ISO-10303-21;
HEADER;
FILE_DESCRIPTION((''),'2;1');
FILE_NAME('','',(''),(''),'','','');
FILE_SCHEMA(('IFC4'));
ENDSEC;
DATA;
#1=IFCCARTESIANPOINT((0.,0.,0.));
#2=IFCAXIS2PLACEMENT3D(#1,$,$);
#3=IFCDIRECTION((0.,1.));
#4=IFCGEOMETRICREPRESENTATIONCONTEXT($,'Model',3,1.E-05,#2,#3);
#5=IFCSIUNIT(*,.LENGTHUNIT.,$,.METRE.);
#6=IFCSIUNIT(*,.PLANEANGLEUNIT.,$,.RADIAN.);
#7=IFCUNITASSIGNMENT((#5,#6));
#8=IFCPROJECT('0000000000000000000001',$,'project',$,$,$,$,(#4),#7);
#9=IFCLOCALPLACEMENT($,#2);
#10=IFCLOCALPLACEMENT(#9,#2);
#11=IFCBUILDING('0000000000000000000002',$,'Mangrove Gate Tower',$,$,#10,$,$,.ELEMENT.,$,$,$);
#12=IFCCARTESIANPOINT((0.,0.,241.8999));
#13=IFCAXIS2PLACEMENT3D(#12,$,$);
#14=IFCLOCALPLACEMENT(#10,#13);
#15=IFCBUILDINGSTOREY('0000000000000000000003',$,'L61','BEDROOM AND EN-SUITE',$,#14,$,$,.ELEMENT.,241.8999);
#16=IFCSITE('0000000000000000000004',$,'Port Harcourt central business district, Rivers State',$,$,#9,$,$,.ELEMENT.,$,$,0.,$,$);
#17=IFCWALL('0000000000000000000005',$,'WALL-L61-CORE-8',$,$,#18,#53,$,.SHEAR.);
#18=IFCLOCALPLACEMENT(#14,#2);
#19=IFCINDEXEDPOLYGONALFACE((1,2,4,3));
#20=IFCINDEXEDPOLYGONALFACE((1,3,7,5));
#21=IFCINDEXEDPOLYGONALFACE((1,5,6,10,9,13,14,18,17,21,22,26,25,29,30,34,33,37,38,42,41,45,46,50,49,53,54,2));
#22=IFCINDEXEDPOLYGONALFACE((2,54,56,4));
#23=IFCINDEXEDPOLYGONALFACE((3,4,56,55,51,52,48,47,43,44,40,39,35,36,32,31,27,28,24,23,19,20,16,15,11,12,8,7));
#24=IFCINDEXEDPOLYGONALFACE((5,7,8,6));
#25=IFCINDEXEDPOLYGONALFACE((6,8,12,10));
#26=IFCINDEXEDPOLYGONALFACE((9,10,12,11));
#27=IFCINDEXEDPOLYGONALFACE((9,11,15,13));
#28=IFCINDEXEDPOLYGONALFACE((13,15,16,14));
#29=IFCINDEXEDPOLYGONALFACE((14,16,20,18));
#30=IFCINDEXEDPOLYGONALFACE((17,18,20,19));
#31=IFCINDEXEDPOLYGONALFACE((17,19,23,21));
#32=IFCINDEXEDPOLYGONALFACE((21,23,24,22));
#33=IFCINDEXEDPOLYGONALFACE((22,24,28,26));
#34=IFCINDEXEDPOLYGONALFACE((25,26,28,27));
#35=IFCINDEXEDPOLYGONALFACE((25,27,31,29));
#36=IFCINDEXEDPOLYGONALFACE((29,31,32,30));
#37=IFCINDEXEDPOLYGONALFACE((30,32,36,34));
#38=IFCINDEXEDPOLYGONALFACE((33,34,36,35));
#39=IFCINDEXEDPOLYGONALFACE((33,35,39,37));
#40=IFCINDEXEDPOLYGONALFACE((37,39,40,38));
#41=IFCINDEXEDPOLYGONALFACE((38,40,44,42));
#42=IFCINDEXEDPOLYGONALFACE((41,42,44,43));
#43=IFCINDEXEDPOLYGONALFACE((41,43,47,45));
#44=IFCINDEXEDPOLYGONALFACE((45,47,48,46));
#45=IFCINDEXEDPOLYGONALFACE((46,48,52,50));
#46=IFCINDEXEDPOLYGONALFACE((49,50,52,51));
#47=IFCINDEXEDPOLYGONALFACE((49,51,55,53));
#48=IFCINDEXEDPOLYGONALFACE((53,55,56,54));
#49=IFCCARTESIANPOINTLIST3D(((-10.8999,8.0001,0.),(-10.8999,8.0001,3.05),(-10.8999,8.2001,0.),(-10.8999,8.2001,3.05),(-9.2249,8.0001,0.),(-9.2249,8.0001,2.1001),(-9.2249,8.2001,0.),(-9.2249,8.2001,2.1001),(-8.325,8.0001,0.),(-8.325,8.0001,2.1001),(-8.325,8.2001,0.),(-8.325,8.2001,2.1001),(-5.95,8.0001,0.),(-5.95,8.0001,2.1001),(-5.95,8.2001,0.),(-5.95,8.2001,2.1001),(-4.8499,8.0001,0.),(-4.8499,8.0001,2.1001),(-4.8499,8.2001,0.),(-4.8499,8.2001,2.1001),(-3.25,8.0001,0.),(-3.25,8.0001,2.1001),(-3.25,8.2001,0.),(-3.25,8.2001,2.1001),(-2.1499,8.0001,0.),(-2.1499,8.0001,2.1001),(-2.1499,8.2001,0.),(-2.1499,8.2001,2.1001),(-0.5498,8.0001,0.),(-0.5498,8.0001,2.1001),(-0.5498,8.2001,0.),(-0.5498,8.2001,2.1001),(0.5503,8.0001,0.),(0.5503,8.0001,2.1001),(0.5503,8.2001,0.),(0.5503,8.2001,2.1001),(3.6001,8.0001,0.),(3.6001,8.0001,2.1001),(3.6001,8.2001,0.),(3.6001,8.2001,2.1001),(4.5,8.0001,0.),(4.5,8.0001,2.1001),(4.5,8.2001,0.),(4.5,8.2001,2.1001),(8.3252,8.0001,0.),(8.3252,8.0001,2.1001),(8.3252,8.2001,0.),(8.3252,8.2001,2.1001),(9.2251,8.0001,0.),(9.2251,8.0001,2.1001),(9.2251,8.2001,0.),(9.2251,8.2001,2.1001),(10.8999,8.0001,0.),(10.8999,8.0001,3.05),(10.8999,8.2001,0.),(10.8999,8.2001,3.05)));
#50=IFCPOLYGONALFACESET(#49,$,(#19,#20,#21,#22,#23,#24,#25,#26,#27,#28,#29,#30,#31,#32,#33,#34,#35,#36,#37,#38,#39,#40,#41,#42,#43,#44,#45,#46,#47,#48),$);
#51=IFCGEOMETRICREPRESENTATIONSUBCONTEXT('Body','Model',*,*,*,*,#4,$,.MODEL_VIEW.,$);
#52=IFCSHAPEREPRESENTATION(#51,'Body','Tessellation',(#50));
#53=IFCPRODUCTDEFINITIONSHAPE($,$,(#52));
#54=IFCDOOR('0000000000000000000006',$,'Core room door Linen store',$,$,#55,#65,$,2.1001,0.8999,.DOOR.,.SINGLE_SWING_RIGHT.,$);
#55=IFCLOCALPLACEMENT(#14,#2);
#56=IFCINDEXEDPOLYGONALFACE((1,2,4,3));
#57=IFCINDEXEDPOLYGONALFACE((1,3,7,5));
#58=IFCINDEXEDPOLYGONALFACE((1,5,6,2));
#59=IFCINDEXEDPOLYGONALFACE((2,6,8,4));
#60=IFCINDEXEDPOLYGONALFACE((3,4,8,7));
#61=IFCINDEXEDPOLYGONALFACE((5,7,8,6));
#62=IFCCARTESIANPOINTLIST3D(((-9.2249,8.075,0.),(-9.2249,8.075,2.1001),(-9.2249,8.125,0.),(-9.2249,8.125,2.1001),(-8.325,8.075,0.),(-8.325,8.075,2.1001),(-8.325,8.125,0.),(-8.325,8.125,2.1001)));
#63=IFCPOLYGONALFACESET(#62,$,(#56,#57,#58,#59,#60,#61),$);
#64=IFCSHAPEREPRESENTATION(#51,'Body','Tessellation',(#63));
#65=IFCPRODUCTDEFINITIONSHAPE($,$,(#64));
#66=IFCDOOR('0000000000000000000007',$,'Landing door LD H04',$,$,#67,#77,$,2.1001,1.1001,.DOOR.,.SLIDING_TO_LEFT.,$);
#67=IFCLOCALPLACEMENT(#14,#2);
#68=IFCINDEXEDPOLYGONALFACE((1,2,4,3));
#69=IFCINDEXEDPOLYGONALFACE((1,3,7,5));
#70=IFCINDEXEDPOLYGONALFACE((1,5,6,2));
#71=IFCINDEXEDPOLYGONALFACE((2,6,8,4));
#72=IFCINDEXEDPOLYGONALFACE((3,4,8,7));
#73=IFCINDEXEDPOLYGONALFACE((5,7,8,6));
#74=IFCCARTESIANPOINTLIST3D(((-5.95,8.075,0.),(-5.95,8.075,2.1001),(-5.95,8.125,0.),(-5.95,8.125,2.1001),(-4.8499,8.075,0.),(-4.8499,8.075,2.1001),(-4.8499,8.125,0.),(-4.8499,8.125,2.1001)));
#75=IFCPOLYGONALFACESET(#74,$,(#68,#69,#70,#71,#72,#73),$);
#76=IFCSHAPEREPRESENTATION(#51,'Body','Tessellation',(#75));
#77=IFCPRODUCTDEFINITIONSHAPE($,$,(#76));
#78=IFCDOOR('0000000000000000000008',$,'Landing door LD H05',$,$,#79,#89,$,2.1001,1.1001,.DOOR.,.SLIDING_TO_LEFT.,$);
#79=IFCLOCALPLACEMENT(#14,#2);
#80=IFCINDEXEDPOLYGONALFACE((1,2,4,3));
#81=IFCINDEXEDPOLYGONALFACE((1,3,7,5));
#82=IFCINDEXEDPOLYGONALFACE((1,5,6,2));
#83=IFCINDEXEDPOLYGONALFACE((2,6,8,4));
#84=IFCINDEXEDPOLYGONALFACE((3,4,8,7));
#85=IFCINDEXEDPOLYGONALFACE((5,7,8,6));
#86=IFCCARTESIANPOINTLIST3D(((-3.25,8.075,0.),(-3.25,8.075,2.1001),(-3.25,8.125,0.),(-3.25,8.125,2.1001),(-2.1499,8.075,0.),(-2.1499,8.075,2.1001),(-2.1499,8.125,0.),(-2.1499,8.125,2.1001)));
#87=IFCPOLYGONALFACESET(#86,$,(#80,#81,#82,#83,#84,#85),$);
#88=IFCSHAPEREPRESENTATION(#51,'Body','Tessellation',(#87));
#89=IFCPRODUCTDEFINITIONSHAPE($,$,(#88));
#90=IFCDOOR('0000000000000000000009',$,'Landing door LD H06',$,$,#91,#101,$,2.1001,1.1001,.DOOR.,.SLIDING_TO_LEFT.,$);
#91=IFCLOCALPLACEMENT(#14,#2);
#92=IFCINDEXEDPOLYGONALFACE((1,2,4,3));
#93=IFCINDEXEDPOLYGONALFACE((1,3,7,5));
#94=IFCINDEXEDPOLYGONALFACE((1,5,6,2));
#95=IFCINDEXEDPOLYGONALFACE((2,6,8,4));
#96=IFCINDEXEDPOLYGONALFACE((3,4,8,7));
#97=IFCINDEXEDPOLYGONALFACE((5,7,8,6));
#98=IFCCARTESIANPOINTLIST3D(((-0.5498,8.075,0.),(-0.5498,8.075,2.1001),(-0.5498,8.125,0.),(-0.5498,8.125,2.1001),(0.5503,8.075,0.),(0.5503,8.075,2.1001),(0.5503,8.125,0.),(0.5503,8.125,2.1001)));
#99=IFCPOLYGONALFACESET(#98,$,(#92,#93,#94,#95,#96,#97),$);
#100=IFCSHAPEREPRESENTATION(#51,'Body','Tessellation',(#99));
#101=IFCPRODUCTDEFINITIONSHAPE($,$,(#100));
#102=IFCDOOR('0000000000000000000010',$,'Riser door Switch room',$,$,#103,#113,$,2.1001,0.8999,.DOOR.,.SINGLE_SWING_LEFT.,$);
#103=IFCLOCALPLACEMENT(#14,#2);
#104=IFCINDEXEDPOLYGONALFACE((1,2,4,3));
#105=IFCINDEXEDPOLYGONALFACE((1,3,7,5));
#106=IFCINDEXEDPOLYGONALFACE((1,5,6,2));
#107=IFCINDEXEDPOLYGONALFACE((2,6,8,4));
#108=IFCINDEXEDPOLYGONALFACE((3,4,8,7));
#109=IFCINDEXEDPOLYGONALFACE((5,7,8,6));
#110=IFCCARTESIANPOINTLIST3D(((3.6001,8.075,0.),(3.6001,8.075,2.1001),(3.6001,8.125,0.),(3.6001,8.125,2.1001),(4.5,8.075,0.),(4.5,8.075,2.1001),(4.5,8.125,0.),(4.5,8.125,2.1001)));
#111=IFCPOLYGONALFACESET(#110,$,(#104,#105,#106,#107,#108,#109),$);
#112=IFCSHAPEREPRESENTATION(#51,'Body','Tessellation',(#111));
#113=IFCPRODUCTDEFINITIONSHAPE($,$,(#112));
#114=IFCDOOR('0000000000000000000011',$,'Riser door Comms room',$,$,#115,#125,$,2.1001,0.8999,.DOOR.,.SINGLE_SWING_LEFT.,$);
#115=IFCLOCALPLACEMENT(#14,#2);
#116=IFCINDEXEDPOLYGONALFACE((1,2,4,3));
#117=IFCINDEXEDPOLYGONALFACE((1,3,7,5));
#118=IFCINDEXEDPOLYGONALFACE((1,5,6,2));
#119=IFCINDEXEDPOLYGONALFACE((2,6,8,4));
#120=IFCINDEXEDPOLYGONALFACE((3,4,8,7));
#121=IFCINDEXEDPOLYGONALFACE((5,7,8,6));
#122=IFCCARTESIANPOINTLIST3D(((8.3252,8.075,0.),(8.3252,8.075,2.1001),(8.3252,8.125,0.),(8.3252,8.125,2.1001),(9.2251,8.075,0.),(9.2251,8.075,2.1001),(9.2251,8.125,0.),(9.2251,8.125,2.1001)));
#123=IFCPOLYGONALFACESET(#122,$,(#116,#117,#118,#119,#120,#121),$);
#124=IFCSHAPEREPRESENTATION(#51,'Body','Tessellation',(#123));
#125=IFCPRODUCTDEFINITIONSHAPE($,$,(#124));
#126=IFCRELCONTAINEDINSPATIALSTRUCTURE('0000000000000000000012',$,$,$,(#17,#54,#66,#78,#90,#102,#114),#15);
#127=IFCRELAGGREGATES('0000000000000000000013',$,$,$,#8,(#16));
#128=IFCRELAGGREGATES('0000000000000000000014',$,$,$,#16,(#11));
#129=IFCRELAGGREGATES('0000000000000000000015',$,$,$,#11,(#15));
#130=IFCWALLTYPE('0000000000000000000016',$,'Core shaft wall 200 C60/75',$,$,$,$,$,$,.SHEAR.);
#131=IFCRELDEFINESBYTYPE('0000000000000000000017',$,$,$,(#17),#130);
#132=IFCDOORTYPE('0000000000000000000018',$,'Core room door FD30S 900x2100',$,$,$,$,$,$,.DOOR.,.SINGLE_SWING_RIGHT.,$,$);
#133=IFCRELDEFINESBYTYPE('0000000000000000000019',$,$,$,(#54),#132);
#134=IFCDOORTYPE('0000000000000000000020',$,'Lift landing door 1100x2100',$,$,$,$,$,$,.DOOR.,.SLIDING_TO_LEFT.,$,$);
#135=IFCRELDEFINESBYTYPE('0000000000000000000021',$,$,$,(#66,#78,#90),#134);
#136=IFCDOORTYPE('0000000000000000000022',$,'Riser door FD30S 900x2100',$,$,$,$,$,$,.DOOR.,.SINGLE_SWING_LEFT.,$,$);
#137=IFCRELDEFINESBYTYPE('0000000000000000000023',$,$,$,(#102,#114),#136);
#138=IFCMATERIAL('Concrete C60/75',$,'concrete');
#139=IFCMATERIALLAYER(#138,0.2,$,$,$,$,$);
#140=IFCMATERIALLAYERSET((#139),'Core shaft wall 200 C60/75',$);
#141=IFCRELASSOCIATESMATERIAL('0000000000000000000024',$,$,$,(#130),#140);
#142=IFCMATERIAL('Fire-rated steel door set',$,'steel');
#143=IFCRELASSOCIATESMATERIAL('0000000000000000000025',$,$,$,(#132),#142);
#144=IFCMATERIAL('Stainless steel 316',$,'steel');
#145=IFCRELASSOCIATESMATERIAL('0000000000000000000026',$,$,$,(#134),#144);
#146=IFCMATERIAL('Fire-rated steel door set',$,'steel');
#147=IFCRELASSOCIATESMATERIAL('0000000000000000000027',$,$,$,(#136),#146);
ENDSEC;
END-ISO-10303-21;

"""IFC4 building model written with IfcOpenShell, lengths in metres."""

from ifc_helpers import new_model, si_unit, direction, frame, frame_2d, origin, place, context, subcontext, project, spatial, rectangle, extrude, material, layer, layer_set, type_object, element, fill, save


model = new_model("IFC4")

# Units and contexts
model_context = context("Model", 3, precision=1e-05, world=origin(), true_north=direction((0.0, 1.0)))
body_context = subcontext(model_context, "Body", "Model", "MODEL_VIEW")
ifc_project = project(units=[si_unit("LENGTHUNIT", "METRE"), si_unit("PLANEANGLEUNIT", "RADIAN")], contexts=[model_context])

# Site, building, storey
site_placement = place(None, origin())
site = spatial("IfcSite", under=ifc_project, at=site_placement, Name="Port Harcourt central business district, Rivers State", CompositionType="ELEMENT", RefElevation=0.0)
building_placement = place(site_placement, origin())
building = spatial("IfcBuilding", under=site, at=building_placement, Name="Mangrove Gate Tower", CompositionType="ELEMENT")
storey_placement = place(building_placement, frame((0.0, 0.0, 241.8999)))
storey = spatial("IfcBuildingStorey", under=building, at=storey_placement, Name="L61", Description="BEDROOM AND EN-SUITE", CompositionType="ELEMENT", Elevation=241.8999)

# Shared definitions
ifc_material_1 = material(Name="Concrete C60/75", Category="concrete")
ifc_layer_1 = layer(ifc_material_1, 0.2)
ifc_layer_set_1 = layer_set([ifc_layer_1], Name="Core shaft wall 200 C60/75")
wall_type_1 = type_object("IfcWallType", Name="Core shaft wall 200 C60/75", PredefinedType="SHEAR", material=ifc_layer_set_1)

# Wall, openings, doors
ifc_material_2 = material(Name="Fire-rated steel door set", Category="steel")
door_type_1 = type_object("IfcDoorType", Name="Core room door FD30S 900x2100", OperationType="SINGLE_SWING_RIGHT", PredefinedType="DOOR", material=ifc_material_2)
ifc_material_3 = material(Name="Stainless steel 316", Category="steel")
door_type_2 = type_object("IfcDoorType", Name="Lift landing door 1100x2100", OperationType="SLIDING_TO_LEFT", PredefinedType="DOOR", material=ifc_material_3)
ifc_material_4 = material(Name="Fire-rated steel door set", Category="steel")
door_type_3 = type_object("IfcDoorType", Name="Riser door FD30S 900x2100", OperationType="SINGLE_SWING_LEFT", PredefinedType="DOOR", material=ifc_material_4)
wall_1_placement = place(storey_placement, frame((-10.8999, 8.1001, 0.0), z_axis=(0.0, 0.0, 1.0), x_axis=(1.0, 0.0, 0.0)))
wall_1 = element("IfcWall", 1, at=wall_1_placement, inside=storey, type_object=wall_type_1, Name="WALL-L61-CORE-8", PredefinedType="SHEAR", context=body_context, shape_type="SweptSolid", body=[
    extrude(rectangle(XDim=21.7998, YDim=0.2, at=frame_2d((10.8999, 0.0))), origin(), (0.0, 0.0, 1.0), 3.05),
])
opening_1_placement = place(wall_1_placement, frame((4.95, 0.0, 0.0)))
opening_1 = element("IfcOpeningElement", 2, at=opening_1_placement, cuts=wall_1, PredefinedType="OPENING", context=body_context, shape_type="SweptSolid", body=[
    extrude(rectangle(XDim=1.1001, YDim=2.1001, at=frame_2d((0.55, 1.05))), frame((0.0, 0.1099, 0.0), z_axis=(0.0, -1.0, 0.0), x_axis=(1.0, 0.0, 0.0)), (0.0, 0.0, 1.0), 0.22),
])
opening_2_placement = place(wall_1_placement, frame((7.6499, 0.0, 0.0)))
opening_2 = element("IfcOpeningElement", 3, at=opening_2_placement, cuts=wall_1, PredefinedType="OPENING", context=body_context, shape_type="SweptSolid", body=[
    extrude(rectangle(XDim=1.1001, YDim=2.1001, at=frame_2d((0.55, 1.05))), frame((0.0, 0.1099, 0.0), z_axis=(0.0, -1.0, 0.0), x_axis=(1.0, 0.0, 0.0)), (0.0, 0.0, 1.0), 0.22),
])
opening_3_placement = place(wall_1_placement, frame((10.3501, 0.0, 0.0)))
opening_3 = element("IfcOpeningElement", 4, at=opening_3_placement, cuts=wall_1, PredefinedType="OPENING", context=body_context, shape_type="SweptSolid", body=[
    extrude(rectangle(XDim=1.1001, YDim=2.1001, at=frame_2d((0.55, 1.05))), frame((0.0, 0.1099, 0.0), z_axis=(0.0, -1.0, 0.0), x_axis=(1.0, 0.0, 0.0)), (0.0, 0.0, 1.0), 0.22),
])
opening_4_placement = place(wall_1_placement, frame((1.675, 0.0, 0.0)))
opening_4 = element("IfcOpeningElement", 5, at=opening_4_placement, cuts=wall_1, PredefinedType="OPENING", context=body_context, shape_type="SweptSolid", body=[
    extrude(rectangle(XDim=0.8999, YDim=2.1001, at=frame_2d((0.45, 1.05))), frame((0.0, 0.1099, 0.0), z_axis=(0.0, -1.0, 0.0), x_axis=(1.0, 0.0, 0.0)), (0.0, 0.0, 1.0), 0.22),
])
opening_5_placement = place(wall_1_placement, frame((14.5, 0.0, 0.0)))
opening_5 = element("IfcOpeningElement", 6, at=opening_5_placement, cuts=wall_1, PredefinedType="OPENING", context=body_context, shape_type="SweptSolid", body=[
    extrude(rectangle(XDim=0.8999, YDim=2.1001, at=frame_2d((0.45, 1.05))), frame((0.0, 0.1099, 0.0), z_axis=(0.0, -1.0, 0.0), x_axis=(1.0, 0.0, 0.0)), (0.0, 0.0, 1.0), 0.22),
])
opening_6_placement = place(wall_1_placement, frame((19.2251, 0.0, 0.0)))
opening_6 = element("IfcOpeningElement", 7, at=opening_6_placement, cuts=wall_1, PredefinedType="OPENING", context=body_context, shape_type="SweptSolid", body=[
    extrude(rectangle(XDim=0.8999, YDim=2.1001, at=frame_2d((0.45, 1.05))), frame((0.0, 0.1099, 0.0), z_axis=(0.0, -1.0, 0.0), x_axis=(1.0, 0.0, 0.0)), (0.0, 0.0, 1.0), 0.22),
])
door_1_placement = place(opening_4_placement, origin())
door_1 = element("IfcDoor", 8, at=door_1_placement, inside=storey, type_object=door_type_1, Name="Core room door Linen store", OperationType="SINGLE_SWING_RIGHT", OverallHeight=2.1001, OverallWidth=0.8999, PredefinedType="DOOR", context=body_context, shape_type="SweptSolid", body=[
    extrude(rectangle(XDim=0.8999, YDim=2.1001, at=frame_2d((0.45, 1.05))), frame((0.0, 0.0249, 0.0), z_axis=(0.0, -1.0, 0.0), x_axis=(1.0, 0.0, 0.0)), (0.0, 0.0, 1.0), 0.05),
])
fill(opening_4, door_1)
door_2_placement = place(opening_1_placement, origin())
door_2 = element("IfcDoor", 9, at=door_2_placement, inside=storey, type_object=door_type_2, Name="Landing door LD H04", OperationType="SLIDING_TO_LEFT", OverallHeight=2.1001, OverallWidth=1.1001, PredefinedType="DOOR", context=body_context, shape_type="SweptSolid", body=[
    extrude(rectangle(XDim=1.1001, YDim=2.1001, at=frame_2d((0.55, 1.05))), frame((0.0, 0.0249, 0.0), z_axis=(0.0, -1.0, 0.0), x_axis=(1.0, 0.0, 0.0)), (0.0, 0.0, 1.0), 0.05),
])
fill(opening_1, door_2)
door_3_placement = place(opening_2_placement, origin())
door_3 = element("IfcDoor", 10, at=door_3_placement, inside=storey, type_object=door_type_2, Name="Landing door LD H05", OperationType="SLIDING_TO_LEFT", OverallHeight=2.1001, OverallWidth=1.1001, PredefinedType="DOOR", context=body_context, shape_type="SweptSolid", body=[
    extrude(rectangle(XDim=1.1001, YDim=2.1001, at=frame_2d((0.55, 1.05))), frame((0.0, 0.0249, 0.0), z_axis=(0.0, -1.0, 0.0), x_axis=(1.0, 0.0, 0.0)), (0.0, 0.0, 1.0), 0.05),
])
fill(opening_2, door_3)
door_4_placement = place(opening_3_placement, origin())
door_4 = element("IfcDoor", 11, at=door_4_placement, inside=storey, type_object=door_type_2, Name="Landing door LD H06", OperationType="SLIDING_TO_LEFT", OverallHeight=2.1001, OverallWidth=1.1001, PredefinedType="DOOR", context=body_context, shape_type="SweptSolid", body=[
    extrude(rectangle(XDim=1.1001, YDim=2.1001, at=frame_2d((0.55, 1.05))), frame((0.0, 0.0249, 0.0), z_axis=(0.0, -1.0, 0.0), x_axis=(1.0, 0.0, 0.0)), (0.0, 0.0, 1.0), 0.05),
])
fill(opening_3, door_4)
door_5_placement = place(opening_5_placement, origin())
door_5 = element("IfcDoor", 12, at=door_5_placement, inside=storey, type_object=door_type_3, Name="Riser door Switch room", OperationType="SINGLE_SWING_LEFT", OverallHeight=2.1001, OverallWidth=0.8999, PredefinedType="DOOR", context=body_context, shape_type="SweptSolid", body=[
    extrude(rectangle(XDim=0.8999, YDim=2.1001, at=frame_2d((0.45, 1.05))), frame((0.0, 0.0249, 0.0), z_axis=(0.0, -1.0, 0.0), x_axis=(1.0, 0.0, 0.0)), (0.0, 0.0, 1.0), 0.05),
])
fill(opening_5, door_5)
door_6_placement = place(opening_6_placement, origin())
door_6 = element("IfcDoor", 13, at=door_6_placement, inside=storey, type_object=door_type_3, Name="Riser door Comms room", OperationType="SINGLE_SWING_LEFT", OverallHeight=2.1001, OverallWidth=0.8999, PredefinedType="DOOR", context=body_context, shape_type="SweptSolid", body=[
    extrude(rectangle(XDim=0.8999, YDim=2.1001, at=frame_2d((0.45, 1.05))), frame((0.0, 0.0249, 0.0), z_axis=(0.0, -1.0, 0.0), x_axis=(1.0, 0.0, 0.0)), (0.0, 0.0, 1.0), 0.05),
])
fill(opening_6, door_6)

save(model, "model.ifc")
